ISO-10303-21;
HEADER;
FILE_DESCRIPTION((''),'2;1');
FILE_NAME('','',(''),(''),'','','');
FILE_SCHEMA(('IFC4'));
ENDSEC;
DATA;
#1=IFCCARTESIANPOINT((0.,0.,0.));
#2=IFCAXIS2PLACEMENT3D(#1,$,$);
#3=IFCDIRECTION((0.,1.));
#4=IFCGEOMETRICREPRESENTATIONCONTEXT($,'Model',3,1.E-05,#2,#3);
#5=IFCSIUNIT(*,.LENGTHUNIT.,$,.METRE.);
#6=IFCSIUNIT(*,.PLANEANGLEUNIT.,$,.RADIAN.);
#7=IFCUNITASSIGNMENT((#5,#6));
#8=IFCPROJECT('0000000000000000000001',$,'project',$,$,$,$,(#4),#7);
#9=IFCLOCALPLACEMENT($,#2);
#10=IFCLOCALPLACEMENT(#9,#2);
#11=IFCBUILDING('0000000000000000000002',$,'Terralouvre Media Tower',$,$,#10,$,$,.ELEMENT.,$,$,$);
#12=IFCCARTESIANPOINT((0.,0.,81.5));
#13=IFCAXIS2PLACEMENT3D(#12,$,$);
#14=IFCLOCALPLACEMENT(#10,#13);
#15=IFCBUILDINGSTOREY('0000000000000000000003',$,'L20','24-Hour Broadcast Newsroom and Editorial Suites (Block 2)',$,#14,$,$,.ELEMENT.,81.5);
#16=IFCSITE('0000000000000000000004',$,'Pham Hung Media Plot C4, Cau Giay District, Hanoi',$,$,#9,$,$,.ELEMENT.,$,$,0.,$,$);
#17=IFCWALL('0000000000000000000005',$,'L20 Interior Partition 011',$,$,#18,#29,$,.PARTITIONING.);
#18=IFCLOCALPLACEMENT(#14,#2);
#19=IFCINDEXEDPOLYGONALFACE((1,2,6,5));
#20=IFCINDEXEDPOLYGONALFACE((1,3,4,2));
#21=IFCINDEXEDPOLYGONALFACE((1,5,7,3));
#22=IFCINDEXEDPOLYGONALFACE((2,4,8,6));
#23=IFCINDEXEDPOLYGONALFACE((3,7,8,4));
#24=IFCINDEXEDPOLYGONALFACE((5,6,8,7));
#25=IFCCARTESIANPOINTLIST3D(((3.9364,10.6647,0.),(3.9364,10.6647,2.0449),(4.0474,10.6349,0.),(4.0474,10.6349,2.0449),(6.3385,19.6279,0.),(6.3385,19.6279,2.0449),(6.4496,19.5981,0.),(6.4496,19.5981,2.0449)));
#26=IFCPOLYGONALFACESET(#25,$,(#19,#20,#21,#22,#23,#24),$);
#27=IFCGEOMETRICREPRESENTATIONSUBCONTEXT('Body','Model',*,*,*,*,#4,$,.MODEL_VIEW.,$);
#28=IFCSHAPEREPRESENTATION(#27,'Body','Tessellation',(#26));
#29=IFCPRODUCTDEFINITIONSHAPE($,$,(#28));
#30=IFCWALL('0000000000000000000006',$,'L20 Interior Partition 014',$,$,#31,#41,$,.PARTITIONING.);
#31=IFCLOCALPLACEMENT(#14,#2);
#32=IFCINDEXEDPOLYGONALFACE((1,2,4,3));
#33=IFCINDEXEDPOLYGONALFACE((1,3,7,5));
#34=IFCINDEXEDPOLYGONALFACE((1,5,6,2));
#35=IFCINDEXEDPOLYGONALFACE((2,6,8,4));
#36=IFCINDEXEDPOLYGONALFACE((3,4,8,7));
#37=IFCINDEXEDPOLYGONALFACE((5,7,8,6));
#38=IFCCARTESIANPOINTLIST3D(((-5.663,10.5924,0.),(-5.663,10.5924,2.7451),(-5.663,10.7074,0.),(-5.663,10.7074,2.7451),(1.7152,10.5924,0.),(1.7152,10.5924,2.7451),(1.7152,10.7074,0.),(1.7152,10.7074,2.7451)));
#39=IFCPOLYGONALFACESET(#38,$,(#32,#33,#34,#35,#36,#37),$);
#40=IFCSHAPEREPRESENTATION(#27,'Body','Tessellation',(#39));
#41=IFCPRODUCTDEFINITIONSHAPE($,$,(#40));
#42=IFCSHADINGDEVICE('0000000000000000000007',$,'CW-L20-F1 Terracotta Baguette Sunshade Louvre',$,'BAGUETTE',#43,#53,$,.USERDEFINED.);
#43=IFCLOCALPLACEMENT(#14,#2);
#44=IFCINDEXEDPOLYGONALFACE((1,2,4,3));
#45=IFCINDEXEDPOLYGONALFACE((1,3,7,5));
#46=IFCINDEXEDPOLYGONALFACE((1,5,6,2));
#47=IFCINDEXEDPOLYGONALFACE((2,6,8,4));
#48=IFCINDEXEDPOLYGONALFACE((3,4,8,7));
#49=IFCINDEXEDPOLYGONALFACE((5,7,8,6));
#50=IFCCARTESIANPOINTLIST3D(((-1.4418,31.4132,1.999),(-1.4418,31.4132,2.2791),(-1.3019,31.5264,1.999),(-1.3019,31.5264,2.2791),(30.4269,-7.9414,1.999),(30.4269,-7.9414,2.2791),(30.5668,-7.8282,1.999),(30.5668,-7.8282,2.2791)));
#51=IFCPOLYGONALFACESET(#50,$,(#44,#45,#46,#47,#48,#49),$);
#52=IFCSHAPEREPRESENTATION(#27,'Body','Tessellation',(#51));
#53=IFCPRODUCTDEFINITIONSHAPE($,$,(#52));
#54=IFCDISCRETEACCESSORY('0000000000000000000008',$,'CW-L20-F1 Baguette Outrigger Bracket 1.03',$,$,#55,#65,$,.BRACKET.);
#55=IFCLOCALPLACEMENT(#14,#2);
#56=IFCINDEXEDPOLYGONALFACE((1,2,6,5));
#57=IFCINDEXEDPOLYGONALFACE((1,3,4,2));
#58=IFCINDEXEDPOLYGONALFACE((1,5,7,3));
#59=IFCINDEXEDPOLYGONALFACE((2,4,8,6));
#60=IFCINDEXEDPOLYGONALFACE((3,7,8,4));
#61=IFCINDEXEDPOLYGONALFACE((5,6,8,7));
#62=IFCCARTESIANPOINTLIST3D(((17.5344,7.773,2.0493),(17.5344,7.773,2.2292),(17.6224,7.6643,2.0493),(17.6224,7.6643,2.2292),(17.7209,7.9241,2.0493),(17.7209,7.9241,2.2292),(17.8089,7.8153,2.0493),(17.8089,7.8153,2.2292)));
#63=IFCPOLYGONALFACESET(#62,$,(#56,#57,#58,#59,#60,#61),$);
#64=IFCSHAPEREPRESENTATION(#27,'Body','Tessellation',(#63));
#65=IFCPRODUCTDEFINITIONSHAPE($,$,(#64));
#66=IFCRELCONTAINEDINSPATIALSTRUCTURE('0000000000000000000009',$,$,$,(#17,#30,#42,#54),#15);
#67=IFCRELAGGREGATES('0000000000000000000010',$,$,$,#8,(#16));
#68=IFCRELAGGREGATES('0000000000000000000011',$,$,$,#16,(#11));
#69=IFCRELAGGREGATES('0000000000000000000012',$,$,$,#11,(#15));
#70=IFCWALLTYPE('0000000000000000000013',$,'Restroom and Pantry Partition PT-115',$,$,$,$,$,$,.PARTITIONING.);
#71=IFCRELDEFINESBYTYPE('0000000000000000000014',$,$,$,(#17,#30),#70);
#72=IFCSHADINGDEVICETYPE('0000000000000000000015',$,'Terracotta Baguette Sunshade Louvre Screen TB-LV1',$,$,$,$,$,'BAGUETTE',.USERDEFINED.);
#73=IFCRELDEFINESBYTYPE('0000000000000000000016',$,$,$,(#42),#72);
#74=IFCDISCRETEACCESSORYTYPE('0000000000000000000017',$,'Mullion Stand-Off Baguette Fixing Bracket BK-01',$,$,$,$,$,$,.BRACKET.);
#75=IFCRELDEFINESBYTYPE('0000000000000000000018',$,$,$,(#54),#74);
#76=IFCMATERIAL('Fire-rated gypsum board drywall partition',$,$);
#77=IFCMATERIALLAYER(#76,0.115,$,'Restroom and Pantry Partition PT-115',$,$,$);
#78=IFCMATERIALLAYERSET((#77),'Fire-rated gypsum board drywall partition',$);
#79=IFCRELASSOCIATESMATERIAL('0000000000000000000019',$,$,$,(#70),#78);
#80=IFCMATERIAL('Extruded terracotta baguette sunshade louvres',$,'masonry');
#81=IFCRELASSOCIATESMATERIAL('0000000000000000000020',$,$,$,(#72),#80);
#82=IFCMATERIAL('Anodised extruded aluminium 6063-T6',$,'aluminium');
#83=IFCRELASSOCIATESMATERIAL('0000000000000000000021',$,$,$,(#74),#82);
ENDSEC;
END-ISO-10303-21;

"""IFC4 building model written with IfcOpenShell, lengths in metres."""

from ifc_helpers import new_model, si_unit, direction, frame, frame_2d, origin, origin_2d, place, context, subcontext, project, spatial, rectangle, extrude, material, layer, layer_set, type_object, element, save


model = new_model("IFC4")

# Units and contexts
model_context = context("Model", 3, precision=1e-05, world=origin(), true_north=direction((0.0, 1.0)))
body_context = subcontext(model_context, "Body", "Model", "MODEL_VIEW")
ifc_project = project(units=[si_unit("LENGTHUNIT", "METRE"), si_unit("PLANEANGLEUNIT", "RADIAN")], contexts=[model_context])

# Site, building, storey
site_placement = place(None, origin())
site = spatial("IfcSite", under=ifc_project, at=site_placement, Name="Pham Hung Media Plot C4, Cau Giay District, Hanoi", CompositionType="ELEMENT", RefElevation=0.0)
building_placement = place(site_placement, origin())
building = spatial("IfcBuilding", under=site, at=building_placement, Name="Terralouvre Media Tower", CompositionType="ELEMENT")
storey_placement = place(building_placement, frame((0.0, 0.0, 81.5)))
storey = spatial("IfcBuildingStorey", under=building, at=storey_placement, Name="L20", Description="24-Hour Broadcast Newsroom and Editorial Suites (Block 2)", CompositionType="ELEMENT", Elevation=81.5)

# Walls
ifc_material_1 = material(Name="Fire-rated gypsum board drywall partition")
ifc_layer_1 = layer(ifc_material_1, 0.115, Name="Restroom and Pantry Partition PT-115")
ifc_layer_set_1 = layer_set([ifc_layer_1], Name="Fire-rated gypsum board drywall partition")
wall_type_1 = type_object("IfcWallType", Name="Restroom and Pantry Partition PT-115", PredefinedType="PARTITIONING", material=ifc_layer_set_1)
wall_1_placement = place(storey_placement, frame((3.9919, 10.6499, 0.0), z_axis=(0.0, 0.0, 1.0), x_axis=(0.258863, 0.965914, 0.0)))
element("IfcWall", 1, at=wall_1_placement, inside=storey, type_object=wall_type_1, Name="L20 Interior Partition 011", PredefinedType="PARTITIONING", context=body_context, shape_type="SweptSolid", body=[
    extrude(rectangle(XDim=9.2795, YDim=0.115, at=frame_2d((4.6396, 0.0))), origin(), (0.0, 0.0, 1.0), 2.0449),
])
wall_2_placement = place(storey_placement, frame((1.7151, 10.6499, 0.0), z_axis=(0.0, 0.0, 1.0), x_axis=(-1.0, 0.0, 0.0)))
element("IfcWall", 2, at=wall_2_placement, inside=storey, type_object=wall_type_1, Name="L20 Interior Partition 014", PredefinedType="PARTITIONING", context=body_context, shape_type="SweptSolid", body=[
    extrude(rectangle(XDim=7.3782, YDim=0.115, at=frame_2d((3.689, 0.0))), origin(), (0.0, 0.0, 1.0), 2.7451),
])

# Shading device
ifc_material_2 = material(Name="Extruded terracotta baguette sunshade louvres", Category="masonry")
shading_device_type = type_object("IfcShadingDeviceType", Name="Terracotta Baguette Sunshade Louvre Screen TB-LV1", ElementType="BAGUETTE", PredefinedType="USERDEFINED", material=ifc_material_2)
shading_device_placement = place(storey_placement, frame((14.5625, 11.7925, 1.999), z_axis=(0.0, 0.0, 1.0), x_axis=(-0.62932, 0.777146, 0.0)))
element("IfcShadingDevice", 3, at=shading_device_placement, inside=storey, type_object=shading_device_type, Name="CW-L20-F1 Terracotta Baguette Sunshade Louvre", ObjectType="BAGUETTE", PredefinedType="USERDEFINED", context=body_context, shape_type="SweptSolid", body=[
    extrude(rectangle(XDim=50.6399, YDim=0.1799, at=origin_2d()), origin(), (0.0, 0.0, 1.0), 0.28),
])

# Discrete accessory
ifc_material_3 = material(Name="Anodised extruded aluminium 6063-T6", Category="aluminium")
discrete_accessory_type = type_object("IfcDiscreteAccessoryType", Name="Mullion Stand-Off Baguette Fixing Bracket BK-01", PredefinedType="BRACKET", material=ifc_material_3)
discrete_accessory_placement = place(storey_placement, frame((17.6716, 7.7942, 2.0493), z_axis=(0.0, 0.0, 1.0), x_axis=(-0.62932, 0.777146, 0.0)))
element("IfcDiscreteAccessory", 4, at=discrete_accessory_placement, inside=storey, type_object=discrete_accessory_type, Name="CW-L20-F1 Baguette Outrigger Bracket 1.03", PredefinedType="BRACKET", context=body_context, shape_type="SweptSolid", body=[
    extrude(rectangle(XDim=0.1399, YDim=0.24, at=origin_2d()), origin(), (0.0, 0.0, 1.0), 0.1799),
])

save(model, "model.ifc")
